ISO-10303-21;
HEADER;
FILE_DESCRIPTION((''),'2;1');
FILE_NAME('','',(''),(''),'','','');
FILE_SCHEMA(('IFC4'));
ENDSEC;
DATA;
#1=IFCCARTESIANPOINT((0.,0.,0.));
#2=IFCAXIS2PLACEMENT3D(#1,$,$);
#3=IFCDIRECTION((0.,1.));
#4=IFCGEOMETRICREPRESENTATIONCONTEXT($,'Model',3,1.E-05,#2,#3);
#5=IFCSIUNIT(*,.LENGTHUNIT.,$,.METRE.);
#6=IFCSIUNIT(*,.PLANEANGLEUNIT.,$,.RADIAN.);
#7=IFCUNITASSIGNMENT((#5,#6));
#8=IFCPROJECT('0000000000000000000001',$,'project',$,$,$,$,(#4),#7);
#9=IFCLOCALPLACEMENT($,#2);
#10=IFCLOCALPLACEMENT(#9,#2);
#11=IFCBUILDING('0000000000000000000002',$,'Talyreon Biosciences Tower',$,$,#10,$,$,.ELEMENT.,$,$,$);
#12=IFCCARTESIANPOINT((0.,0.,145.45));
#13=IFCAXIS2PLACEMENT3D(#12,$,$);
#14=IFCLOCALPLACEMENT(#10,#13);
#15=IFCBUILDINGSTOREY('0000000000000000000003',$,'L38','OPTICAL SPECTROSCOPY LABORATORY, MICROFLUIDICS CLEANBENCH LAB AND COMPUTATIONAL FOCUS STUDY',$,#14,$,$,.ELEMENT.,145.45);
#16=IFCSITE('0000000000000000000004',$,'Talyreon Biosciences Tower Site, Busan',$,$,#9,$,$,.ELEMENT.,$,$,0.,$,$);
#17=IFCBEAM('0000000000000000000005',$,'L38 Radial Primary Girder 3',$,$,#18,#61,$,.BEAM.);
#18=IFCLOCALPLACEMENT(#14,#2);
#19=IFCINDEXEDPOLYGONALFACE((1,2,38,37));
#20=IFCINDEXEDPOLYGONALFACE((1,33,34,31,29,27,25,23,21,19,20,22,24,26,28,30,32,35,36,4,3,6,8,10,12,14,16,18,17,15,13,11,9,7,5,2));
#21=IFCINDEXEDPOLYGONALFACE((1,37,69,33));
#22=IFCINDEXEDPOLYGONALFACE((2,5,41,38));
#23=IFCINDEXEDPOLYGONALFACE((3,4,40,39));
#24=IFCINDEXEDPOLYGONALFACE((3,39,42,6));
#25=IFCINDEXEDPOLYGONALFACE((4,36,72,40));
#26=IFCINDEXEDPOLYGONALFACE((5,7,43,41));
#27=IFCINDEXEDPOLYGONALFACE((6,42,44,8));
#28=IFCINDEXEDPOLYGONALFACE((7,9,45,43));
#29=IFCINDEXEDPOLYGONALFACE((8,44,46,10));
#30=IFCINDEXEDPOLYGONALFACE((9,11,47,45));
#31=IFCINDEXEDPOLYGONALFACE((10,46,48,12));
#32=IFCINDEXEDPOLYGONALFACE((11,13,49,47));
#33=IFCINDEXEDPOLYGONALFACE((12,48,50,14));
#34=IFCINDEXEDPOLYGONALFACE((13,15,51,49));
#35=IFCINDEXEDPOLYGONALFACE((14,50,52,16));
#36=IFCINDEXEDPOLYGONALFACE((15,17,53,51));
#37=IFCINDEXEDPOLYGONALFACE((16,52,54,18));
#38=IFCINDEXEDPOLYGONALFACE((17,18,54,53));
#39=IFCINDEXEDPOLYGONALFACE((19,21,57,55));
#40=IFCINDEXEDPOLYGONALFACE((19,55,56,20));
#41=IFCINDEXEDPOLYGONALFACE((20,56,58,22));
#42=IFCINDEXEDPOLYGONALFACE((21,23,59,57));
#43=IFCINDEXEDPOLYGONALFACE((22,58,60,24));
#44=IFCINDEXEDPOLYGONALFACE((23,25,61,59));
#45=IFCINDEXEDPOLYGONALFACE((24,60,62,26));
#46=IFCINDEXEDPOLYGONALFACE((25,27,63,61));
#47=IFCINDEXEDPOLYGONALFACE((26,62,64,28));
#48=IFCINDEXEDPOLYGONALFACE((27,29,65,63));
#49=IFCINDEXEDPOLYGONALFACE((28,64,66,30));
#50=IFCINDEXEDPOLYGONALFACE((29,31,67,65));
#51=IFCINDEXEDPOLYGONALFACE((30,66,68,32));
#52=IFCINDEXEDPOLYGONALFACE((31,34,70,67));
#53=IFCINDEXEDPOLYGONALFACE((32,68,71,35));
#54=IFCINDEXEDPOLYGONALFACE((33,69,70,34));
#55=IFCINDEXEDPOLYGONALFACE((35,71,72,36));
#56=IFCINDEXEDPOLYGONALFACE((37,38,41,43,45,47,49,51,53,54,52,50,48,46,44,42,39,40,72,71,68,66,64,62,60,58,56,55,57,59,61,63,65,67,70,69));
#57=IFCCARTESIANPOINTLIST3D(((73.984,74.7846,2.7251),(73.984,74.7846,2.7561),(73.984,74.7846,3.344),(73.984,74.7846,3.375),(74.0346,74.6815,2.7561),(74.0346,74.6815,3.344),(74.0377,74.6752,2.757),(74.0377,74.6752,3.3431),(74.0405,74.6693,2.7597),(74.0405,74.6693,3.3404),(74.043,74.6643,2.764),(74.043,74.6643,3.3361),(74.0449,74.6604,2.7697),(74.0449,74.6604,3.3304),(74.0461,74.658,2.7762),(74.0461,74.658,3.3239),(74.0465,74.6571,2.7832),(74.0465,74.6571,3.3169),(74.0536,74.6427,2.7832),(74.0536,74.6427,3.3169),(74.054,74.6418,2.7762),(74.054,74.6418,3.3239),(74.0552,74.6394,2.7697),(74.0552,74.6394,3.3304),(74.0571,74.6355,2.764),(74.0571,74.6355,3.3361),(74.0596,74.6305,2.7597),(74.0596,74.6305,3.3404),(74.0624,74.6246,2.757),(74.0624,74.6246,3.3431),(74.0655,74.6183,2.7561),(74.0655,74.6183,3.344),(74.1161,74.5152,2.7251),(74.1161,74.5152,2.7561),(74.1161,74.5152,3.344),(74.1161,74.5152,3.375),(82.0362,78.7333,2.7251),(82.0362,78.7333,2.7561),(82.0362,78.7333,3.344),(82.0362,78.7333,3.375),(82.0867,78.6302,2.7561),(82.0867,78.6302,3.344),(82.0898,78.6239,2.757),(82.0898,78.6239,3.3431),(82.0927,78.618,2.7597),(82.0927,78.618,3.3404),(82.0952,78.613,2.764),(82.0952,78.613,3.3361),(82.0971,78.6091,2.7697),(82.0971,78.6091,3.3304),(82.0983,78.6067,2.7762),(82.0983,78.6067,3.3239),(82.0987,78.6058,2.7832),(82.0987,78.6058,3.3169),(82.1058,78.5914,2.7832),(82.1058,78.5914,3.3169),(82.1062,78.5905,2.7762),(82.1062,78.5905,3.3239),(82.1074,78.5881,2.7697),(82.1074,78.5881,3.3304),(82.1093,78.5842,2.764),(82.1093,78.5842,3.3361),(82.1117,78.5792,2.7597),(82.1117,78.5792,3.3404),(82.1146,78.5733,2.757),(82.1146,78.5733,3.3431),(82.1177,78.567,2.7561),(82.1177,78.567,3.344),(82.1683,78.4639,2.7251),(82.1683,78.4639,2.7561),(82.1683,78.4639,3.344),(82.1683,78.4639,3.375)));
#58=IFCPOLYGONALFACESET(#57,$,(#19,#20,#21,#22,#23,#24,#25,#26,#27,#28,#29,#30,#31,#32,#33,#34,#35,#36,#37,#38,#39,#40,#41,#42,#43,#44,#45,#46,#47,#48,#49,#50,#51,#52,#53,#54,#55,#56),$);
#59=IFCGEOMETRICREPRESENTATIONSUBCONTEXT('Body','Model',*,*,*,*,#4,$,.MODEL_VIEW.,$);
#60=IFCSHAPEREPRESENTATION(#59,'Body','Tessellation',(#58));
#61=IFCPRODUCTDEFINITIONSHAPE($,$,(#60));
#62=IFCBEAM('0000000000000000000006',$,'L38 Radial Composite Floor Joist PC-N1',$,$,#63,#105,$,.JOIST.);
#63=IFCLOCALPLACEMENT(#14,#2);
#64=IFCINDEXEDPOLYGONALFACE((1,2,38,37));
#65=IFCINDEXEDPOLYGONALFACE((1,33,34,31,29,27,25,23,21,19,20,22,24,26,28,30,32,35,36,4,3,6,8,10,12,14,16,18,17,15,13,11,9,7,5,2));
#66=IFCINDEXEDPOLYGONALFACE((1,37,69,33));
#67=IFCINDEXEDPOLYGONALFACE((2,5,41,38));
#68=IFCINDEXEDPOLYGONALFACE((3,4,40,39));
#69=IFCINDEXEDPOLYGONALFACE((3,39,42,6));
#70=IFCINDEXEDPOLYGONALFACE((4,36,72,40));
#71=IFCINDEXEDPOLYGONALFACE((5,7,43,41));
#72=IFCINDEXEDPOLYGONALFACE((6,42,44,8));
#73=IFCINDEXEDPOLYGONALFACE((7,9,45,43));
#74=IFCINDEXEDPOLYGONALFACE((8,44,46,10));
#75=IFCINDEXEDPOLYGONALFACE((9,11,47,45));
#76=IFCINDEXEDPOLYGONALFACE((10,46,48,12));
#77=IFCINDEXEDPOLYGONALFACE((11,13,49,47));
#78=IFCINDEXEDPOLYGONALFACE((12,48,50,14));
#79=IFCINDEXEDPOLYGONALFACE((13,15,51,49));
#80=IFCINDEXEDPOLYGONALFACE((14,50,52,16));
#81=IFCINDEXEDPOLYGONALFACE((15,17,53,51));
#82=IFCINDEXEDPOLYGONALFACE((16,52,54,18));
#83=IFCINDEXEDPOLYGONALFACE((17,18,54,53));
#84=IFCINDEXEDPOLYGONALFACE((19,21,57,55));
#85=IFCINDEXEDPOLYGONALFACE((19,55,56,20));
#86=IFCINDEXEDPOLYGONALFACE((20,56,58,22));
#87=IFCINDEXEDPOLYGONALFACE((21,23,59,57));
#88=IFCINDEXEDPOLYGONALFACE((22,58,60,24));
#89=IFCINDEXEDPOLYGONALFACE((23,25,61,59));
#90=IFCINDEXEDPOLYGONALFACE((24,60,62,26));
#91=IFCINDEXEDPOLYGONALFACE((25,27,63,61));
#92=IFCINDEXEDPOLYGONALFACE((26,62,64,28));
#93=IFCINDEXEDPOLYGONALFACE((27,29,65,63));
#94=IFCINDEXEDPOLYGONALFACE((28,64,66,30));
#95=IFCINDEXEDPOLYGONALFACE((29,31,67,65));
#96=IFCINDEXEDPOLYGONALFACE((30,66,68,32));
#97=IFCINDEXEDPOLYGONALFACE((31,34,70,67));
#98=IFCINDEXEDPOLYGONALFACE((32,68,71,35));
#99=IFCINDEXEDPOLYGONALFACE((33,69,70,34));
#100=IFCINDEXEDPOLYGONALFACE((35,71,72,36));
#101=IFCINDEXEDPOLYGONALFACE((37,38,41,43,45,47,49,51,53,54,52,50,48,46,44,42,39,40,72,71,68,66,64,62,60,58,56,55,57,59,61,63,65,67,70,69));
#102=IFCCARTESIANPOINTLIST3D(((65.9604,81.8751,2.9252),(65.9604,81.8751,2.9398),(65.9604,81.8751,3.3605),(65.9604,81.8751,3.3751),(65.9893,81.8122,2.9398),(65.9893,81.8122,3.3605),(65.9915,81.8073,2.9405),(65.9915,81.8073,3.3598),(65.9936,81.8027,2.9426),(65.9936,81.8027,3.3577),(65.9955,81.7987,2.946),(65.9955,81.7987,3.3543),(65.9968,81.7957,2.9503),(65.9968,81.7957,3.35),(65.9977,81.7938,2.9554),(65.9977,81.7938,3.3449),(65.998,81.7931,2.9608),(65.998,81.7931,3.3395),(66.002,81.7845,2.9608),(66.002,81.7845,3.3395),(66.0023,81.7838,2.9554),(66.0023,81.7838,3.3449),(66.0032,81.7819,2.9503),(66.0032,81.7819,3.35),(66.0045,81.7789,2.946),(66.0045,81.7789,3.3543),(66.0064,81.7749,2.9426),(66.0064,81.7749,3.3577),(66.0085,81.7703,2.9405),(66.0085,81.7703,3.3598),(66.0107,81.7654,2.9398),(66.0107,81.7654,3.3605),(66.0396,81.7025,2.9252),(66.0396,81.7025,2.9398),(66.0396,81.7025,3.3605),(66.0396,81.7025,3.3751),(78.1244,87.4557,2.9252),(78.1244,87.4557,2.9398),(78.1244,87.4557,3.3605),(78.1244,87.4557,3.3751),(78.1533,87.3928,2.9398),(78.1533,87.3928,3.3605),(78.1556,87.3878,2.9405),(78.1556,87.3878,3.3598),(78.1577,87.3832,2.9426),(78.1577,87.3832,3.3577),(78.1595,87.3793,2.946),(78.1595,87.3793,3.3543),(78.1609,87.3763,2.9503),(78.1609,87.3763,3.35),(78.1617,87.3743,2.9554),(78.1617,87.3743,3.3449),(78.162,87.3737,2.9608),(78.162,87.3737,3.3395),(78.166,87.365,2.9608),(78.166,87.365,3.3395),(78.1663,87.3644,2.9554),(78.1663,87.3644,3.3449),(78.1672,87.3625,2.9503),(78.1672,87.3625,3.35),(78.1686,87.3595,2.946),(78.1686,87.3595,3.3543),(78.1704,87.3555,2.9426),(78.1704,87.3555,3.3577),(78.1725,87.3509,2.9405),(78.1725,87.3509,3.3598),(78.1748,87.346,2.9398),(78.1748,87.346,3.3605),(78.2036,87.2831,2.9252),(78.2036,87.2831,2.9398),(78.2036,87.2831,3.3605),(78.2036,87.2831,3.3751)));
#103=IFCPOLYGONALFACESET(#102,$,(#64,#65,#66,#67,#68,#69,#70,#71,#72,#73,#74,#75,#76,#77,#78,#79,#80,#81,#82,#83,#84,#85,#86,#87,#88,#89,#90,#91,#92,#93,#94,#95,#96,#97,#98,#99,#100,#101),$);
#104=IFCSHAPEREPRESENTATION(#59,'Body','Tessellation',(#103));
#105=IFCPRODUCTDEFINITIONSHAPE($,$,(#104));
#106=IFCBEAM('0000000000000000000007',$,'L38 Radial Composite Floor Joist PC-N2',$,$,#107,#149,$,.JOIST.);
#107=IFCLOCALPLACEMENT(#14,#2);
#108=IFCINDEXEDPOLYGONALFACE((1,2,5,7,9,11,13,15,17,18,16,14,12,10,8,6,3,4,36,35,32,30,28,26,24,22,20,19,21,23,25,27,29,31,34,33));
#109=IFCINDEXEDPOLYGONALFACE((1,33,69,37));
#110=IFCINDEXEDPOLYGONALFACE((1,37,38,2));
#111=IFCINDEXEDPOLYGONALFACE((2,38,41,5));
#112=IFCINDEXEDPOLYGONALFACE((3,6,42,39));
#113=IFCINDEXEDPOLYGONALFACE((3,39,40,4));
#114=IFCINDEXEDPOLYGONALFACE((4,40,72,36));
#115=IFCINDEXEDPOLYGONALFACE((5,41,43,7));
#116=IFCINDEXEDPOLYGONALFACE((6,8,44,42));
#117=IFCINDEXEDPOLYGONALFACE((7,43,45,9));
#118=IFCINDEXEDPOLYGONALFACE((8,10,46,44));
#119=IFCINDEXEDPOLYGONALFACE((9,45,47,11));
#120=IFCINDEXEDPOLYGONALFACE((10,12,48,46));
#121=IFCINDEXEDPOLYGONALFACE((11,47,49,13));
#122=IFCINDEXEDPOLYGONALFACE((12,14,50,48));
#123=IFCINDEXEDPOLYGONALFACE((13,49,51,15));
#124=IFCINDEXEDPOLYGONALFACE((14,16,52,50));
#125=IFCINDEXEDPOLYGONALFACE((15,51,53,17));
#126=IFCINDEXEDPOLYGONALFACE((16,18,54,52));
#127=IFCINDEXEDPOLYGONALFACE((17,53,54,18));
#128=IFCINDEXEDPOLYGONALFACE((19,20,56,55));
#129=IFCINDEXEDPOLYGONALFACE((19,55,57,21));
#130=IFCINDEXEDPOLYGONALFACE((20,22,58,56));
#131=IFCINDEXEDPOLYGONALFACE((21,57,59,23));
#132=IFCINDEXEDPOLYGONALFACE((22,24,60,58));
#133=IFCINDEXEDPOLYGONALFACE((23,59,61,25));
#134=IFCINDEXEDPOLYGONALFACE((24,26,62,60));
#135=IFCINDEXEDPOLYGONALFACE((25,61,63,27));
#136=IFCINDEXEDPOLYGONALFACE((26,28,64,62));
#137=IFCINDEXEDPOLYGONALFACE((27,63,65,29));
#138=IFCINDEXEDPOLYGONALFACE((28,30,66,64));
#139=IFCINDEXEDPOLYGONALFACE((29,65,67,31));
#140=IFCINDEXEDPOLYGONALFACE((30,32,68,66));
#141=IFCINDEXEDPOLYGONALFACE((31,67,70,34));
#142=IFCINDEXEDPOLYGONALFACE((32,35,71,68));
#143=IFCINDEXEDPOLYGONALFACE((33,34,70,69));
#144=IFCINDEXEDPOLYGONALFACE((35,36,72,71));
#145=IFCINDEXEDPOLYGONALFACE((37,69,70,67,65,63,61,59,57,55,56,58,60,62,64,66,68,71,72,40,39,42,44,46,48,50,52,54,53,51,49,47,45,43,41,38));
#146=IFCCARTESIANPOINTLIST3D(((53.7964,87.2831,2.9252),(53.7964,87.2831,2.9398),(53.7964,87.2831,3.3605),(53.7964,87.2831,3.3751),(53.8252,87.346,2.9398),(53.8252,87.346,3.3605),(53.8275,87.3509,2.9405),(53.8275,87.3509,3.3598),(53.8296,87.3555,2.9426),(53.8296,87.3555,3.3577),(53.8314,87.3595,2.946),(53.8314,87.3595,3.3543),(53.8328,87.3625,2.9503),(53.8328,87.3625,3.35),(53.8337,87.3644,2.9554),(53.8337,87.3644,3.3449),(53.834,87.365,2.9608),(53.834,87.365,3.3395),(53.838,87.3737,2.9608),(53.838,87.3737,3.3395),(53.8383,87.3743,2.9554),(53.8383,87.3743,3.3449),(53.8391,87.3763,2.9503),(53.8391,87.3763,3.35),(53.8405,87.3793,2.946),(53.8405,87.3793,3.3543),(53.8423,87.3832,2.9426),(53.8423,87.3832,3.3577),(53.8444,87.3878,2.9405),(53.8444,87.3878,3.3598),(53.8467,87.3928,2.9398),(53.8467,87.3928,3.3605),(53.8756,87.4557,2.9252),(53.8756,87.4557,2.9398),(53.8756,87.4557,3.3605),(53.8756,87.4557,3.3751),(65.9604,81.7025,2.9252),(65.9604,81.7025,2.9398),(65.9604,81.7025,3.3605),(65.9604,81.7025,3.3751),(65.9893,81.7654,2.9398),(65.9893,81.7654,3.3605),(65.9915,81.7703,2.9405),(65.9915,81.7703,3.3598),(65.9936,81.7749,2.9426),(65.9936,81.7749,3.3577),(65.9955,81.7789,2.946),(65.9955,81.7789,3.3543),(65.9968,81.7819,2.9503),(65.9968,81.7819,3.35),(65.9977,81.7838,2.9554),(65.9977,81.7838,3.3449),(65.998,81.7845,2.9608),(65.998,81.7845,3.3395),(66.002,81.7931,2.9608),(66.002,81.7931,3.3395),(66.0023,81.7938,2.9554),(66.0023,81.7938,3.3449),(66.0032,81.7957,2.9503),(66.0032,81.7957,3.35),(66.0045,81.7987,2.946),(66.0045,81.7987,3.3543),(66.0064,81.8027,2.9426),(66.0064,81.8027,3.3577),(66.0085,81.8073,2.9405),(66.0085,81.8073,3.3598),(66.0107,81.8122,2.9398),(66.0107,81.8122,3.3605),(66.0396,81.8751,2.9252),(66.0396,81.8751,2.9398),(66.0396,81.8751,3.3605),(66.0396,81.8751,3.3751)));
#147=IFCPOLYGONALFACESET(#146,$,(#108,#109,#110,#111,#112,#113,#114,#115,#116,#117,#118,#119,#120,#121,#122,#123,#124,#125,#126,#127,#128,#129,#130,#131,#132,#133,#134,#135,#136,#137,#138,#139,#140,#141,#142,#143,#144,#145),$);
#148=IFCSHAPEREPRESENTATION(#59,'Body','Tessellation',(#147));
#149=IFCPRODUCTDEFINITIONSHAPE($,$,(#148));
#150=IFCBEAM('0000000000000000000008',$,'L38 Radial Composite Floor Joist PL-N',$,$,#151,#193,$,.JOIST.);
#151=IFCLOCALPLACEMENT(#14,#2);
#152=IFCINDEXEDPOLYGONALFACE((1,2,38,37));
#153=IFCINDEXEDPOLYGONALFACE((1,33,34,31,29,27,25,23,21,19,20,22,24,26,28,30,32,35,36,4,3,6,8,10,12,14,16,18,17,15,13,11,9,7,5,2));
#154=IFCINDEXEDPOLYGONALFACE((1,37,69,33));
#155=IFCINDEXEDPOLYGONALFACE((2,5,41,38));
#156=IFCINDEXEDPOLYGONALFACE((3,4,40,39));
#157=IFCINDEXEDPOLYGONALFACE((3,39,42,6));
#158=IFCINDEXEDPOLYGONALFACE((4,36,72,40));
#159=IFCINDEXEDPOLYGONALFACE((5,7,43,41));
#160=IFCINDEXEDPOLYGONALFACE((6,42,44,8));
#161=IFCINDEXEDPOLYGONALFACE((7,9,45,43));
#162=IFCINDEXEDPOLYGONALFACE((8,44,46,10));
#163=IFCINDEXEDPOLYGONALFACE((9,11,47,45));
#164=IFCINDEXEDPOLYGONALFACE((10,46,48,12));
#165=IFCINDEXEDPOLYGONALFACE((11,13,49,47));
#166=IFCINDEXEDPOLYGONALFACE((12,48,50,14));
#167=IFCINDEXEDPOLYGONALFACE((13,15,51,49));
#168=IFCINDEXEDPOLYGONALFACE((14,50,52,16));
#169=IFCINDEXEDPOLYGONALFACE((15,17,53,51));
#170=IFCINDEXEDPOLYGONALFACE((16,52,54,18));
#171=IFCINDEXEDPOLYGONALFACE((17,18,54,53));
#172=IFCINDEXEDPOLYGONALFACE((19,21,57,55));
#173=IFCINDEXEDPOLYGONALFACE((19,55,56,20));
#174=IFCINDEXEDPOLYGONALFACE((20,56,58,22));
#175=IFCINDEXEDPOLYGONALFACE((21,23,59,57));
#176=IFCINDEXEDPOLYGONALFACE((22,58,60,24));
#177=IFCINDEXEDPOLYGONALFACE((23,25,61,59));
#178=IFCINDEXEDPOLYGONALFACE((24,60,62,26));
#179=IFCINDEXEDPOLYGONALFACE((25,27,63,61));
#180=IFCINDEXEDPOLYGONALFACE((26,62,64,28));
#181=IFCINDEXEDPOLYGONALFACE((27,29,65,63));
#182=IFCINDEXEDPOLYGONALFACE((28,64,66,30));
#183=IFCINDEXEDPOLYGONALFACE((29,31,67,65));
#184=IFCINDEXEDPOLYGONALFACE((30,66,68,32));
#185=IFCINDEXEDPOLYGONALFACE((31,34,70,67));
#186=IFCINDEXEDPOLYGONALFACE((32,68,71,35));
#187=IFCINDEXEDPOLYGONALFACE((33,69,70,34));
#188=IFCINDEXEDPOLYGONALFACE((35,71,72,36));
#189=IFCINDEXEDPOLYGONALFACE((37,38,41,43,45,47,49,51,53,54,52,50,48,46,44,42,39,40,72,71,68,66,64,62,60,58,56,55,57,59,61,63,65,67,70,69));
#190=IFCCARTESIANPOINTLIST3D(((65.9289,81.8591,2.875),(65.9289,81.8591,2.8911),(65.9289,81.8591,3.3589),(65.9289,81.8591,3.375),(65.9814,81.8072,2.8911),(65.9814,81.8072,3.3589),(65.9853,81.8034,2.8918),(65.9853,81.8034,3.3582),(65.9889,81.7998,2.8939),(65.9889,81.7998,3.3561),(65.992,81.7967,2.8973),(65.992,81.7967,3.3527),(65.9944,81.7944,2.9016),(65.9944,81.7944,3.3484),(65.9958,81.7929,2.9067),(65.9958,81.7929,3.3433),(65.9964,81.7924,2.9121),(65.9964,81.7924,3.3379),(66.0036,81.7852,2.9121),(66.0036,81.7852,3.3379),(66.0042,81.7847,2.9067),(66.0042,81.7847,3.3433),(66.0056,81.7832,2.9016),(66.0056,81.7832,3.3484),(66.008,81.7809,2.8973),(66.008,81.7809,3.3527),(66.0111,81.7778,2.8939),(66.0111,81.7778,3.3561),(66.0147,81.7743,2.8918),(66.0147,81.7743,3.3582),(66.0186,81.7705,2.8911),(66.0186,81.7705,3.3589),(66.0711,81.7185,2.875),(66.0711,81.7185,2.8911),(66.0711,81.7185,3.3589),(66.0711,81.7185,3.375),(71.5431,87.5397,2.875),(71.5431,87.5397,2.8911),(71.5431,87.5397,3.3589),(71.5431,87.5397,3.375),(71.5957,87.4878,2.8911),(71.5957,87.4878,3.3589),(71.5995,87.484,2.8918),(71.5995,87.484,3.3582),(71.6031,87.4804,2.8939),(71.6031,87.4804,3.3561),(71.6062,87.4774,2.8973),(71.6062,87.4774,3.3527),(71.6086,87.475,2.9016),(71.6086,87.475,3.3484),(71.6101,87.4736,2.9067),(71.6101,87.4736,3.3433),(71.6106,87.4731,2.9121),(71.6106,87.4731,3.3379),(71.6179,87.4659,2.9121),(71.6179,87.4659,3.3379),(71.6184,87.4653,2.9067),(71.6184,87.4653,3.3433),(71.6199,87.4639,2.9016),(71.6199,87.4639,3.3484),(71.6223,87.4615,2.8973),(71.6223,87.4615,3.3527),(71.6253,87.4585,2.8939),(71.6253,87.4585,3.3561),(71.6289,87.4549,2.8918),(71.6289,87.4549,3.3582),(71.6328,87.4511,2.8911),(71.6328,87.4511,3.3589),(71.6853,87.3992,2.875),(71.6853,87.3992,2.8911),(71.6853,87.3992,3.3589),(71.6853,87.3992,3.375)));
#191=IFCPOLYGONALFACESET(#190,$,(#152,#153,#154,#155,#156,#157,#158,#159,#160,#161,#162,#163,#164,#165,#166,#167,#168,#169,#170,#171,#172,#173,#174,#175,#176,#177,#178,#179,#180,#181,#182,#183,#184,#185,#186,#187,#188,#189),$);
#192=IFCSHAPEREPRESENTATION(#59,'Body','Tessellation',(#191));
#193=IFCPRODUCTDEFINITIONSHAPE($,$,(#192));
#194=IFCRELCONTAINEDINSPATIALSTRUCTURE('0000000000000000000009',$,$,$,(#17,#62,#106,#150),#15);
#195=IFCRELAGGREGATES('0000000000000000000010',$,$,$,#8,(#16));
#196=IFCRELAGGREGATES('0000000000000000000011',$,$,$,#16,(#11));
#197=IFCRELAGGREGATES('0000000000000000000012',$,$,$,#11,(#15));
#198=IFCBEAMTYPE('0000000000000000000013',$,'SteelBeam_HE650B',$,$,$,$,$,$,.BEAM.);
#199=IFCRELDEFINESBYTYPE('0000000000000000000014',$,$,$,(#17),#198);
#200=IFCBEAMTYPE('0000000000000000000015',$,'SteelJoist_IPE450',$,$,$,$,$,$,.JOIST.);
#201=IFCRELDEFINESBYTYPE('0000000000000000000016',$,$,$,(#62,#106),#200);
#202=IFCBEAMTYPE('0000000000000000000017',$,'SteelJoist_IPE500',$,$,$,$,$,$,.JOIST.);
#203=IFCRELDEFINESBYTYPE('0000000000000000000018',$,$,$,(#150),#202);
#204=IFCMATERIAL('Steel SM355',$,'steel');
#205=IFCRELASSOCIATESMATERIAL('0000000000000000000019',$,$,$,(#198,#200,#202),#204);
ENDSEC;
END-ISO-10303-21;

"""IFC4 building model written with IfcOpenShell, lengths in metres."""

from ifc_helpers import new_model, si_unit, direction, frame, origin, origin_2d, place, context, subcontext, project, spatial, i_section, extrude, material, material_profile, profile_set, type_object, element, save


model = new_model("IFC4")

# Units and contexts
model_context = context("Model", 3, precision=1e-05, world=origin(), true_north=direction((0.0, 1.0)))
body_context = subcontext(model_context, "Body", "Model", "MODEL_VIEW")
ifc_project = project(units=[si_unit("LENGTHUNIT", "METRE"), si_unit("PLANEANGLEUNIT", "RADIAN")], contexts=[model_context])

# Site, building, storey
site_placement = place(None, origin())
site = spatial("IfcSite", under=ifc_project, at=site_placement, Name="Talyreon Biosciences Tower Site, Busan", CompositionType="ELEMENT", RefElevation=0.0)
building_placement = place(site_placement, origin())
building = spatial("IfcBuilding", under=site, at=building_placement, Name="Talyreon Biosciences Tower", CompositionType="ELEMENT")
storey_placement = place(building_placement, frame((0.0, 0.0, 145.45)))
storey = spatial("IfcBuildingStorey", under=building, at=storey_placement, Name="L38", Description="OPTICAL SPECTROSCOPY LABORATORY, MICROFLUIDICS CLEANBENCH LAB AND COMPUTATIONAL FOCUS STUDY", CompositionType="ELEMENT", Elevation=145.45)

# Beams
ifc_material_1 = material(Name="Steel SM355", Category="steel")
ifc_material_profile_1 = material_profile(ifc_material_1, i_section(OverallWidth=0.3, OverallDepth=0.6499, WebThickness=0.0161, FlangeThickness=0.031, FilletRadius=0.0271, at=origin_2d()), Name="HE650B")
ifc_profile_set_1 = profile_set([ifc_material_profile_1], Name="Steel SM355")
beam_type_1 = type_object("IfcBeamType", Name="SteelBeam_HE650B", PredefinedType="BEAM", material=ifc_profile_set_1)
beam_1_placement = place(storey_placement, frame((74.05, 74.6499, 3.05), z_axis=(0.897852, 0.440297, 0.0), x_axis=(-0.440297, 0.897852, 0.0)))
element("IfcBeam", 1, at=beam_1_placement, inside=storey, type_object=beam_type_1, Name="L38 Radial Primary Girder 3", PredefinedType="BEAM", context=body_context, shape_type="SweptSolid", body=[
    extrude(i_section(OverallWidth=0.3, OverallDepth=0.6499, WebThickness=0.0161, FlangeThickness=0.031, FilletRadius=0.0271, at=origin_2d()), origin(), (0.0, 0.0, 1.0), 8.9683),
])
ifc_material_profile_2 = material_profile(ifc_material_1, i_section(OverallWidth=0.1899, OverallDepth=0.45, WebThickness=0.0095, FlangeThickness=0.0146, FilletRadius=0.021, at=origin_2d()), Name="IPE450")
ifc_profile_set_2 = profile_set([ifc_material_profile_2], Name="Steel SM355")
beam_type_2 = type_object("IfcBeamType", Name="SteelJoist_IPE450", PredefinedType="JOIST", material=ifc_profile_set_2)
for number, where, z_axis, x_axis, name in (
    (2, (66.0, 81.7888, 3.1501), (0.908913, 0.416986, 0.0), (-0.416986, 0.908913, 0.0), "L38 Radial Composite Floor Joist PC-N1"),
    (3, (66.0, 81.7888, 3.1501), (-0.908913, 0.416986, 0.0), (-0.416986, -0.908913, 0.0), "L38 Radial Composite Floor Joist PC-N2"),
):
    element("IfcBeam", number, at=place(storey_placement, frame(where, z_axis=z_axis, x_axis=x_axis)), inside=storey, type_object=beam_type_2, Name=name, PredefinedType="JOIST", context=body_context, shape_type="SweptSolid", body=[
        extrude(i_section(OverallWidth=0.1899, OverallDepth=0.45, WebThickness=0.0095, FlangeThickness=0.0146, FilletRadius=0.021, at=origin_2d()), origin(), (0.0, 0.0, 1.0), 13.3831),
    ])
ifc_material_profile_3 = material_profile(ifc_material_1, i_section(OverallWidth=0.2, OverallDepth=0.5, WebThickness=0.0103, FlangeThickness=0.0161, FilletRadius=0.021, at=origin_2d()), Name="IPE500")
ifc_profile_set_3 = profile_set([ifc_material_profile_3], Name="Steel SM355")
beam_type_3 = type_object("IfcBeamType", Name="SteelJoist_IPE500", PredefinedType="JOIST", material=ifc_profile_set_3)
beam_2_placement = place(storey_placement, frame((66.0, 81.7888, 3.125), z_axis=(0.702937, 0.711252, 0.0), x_axis=(-0.711252, 0.702937, 0.0)))
element("IfcBeam", 4, at=beam_2_placement, inside=storey, type_object=beam_type_3, Name="L38 Radial Composite Floor Joist PL-N", PredefinedType="JOIST", context=body_context, shape_type="SweptSolid", body=[
    extrude(i_section(OverallWidth=0.2, OverallDepth=0.5, WebThickness=0.0103, FlangeThickness=0.0161, FilletRadius=0.021, at=origin_2d()), origin(), (0.0, 0.0, 1.0), 7.9868),
])

save(model, "model.ifc")
